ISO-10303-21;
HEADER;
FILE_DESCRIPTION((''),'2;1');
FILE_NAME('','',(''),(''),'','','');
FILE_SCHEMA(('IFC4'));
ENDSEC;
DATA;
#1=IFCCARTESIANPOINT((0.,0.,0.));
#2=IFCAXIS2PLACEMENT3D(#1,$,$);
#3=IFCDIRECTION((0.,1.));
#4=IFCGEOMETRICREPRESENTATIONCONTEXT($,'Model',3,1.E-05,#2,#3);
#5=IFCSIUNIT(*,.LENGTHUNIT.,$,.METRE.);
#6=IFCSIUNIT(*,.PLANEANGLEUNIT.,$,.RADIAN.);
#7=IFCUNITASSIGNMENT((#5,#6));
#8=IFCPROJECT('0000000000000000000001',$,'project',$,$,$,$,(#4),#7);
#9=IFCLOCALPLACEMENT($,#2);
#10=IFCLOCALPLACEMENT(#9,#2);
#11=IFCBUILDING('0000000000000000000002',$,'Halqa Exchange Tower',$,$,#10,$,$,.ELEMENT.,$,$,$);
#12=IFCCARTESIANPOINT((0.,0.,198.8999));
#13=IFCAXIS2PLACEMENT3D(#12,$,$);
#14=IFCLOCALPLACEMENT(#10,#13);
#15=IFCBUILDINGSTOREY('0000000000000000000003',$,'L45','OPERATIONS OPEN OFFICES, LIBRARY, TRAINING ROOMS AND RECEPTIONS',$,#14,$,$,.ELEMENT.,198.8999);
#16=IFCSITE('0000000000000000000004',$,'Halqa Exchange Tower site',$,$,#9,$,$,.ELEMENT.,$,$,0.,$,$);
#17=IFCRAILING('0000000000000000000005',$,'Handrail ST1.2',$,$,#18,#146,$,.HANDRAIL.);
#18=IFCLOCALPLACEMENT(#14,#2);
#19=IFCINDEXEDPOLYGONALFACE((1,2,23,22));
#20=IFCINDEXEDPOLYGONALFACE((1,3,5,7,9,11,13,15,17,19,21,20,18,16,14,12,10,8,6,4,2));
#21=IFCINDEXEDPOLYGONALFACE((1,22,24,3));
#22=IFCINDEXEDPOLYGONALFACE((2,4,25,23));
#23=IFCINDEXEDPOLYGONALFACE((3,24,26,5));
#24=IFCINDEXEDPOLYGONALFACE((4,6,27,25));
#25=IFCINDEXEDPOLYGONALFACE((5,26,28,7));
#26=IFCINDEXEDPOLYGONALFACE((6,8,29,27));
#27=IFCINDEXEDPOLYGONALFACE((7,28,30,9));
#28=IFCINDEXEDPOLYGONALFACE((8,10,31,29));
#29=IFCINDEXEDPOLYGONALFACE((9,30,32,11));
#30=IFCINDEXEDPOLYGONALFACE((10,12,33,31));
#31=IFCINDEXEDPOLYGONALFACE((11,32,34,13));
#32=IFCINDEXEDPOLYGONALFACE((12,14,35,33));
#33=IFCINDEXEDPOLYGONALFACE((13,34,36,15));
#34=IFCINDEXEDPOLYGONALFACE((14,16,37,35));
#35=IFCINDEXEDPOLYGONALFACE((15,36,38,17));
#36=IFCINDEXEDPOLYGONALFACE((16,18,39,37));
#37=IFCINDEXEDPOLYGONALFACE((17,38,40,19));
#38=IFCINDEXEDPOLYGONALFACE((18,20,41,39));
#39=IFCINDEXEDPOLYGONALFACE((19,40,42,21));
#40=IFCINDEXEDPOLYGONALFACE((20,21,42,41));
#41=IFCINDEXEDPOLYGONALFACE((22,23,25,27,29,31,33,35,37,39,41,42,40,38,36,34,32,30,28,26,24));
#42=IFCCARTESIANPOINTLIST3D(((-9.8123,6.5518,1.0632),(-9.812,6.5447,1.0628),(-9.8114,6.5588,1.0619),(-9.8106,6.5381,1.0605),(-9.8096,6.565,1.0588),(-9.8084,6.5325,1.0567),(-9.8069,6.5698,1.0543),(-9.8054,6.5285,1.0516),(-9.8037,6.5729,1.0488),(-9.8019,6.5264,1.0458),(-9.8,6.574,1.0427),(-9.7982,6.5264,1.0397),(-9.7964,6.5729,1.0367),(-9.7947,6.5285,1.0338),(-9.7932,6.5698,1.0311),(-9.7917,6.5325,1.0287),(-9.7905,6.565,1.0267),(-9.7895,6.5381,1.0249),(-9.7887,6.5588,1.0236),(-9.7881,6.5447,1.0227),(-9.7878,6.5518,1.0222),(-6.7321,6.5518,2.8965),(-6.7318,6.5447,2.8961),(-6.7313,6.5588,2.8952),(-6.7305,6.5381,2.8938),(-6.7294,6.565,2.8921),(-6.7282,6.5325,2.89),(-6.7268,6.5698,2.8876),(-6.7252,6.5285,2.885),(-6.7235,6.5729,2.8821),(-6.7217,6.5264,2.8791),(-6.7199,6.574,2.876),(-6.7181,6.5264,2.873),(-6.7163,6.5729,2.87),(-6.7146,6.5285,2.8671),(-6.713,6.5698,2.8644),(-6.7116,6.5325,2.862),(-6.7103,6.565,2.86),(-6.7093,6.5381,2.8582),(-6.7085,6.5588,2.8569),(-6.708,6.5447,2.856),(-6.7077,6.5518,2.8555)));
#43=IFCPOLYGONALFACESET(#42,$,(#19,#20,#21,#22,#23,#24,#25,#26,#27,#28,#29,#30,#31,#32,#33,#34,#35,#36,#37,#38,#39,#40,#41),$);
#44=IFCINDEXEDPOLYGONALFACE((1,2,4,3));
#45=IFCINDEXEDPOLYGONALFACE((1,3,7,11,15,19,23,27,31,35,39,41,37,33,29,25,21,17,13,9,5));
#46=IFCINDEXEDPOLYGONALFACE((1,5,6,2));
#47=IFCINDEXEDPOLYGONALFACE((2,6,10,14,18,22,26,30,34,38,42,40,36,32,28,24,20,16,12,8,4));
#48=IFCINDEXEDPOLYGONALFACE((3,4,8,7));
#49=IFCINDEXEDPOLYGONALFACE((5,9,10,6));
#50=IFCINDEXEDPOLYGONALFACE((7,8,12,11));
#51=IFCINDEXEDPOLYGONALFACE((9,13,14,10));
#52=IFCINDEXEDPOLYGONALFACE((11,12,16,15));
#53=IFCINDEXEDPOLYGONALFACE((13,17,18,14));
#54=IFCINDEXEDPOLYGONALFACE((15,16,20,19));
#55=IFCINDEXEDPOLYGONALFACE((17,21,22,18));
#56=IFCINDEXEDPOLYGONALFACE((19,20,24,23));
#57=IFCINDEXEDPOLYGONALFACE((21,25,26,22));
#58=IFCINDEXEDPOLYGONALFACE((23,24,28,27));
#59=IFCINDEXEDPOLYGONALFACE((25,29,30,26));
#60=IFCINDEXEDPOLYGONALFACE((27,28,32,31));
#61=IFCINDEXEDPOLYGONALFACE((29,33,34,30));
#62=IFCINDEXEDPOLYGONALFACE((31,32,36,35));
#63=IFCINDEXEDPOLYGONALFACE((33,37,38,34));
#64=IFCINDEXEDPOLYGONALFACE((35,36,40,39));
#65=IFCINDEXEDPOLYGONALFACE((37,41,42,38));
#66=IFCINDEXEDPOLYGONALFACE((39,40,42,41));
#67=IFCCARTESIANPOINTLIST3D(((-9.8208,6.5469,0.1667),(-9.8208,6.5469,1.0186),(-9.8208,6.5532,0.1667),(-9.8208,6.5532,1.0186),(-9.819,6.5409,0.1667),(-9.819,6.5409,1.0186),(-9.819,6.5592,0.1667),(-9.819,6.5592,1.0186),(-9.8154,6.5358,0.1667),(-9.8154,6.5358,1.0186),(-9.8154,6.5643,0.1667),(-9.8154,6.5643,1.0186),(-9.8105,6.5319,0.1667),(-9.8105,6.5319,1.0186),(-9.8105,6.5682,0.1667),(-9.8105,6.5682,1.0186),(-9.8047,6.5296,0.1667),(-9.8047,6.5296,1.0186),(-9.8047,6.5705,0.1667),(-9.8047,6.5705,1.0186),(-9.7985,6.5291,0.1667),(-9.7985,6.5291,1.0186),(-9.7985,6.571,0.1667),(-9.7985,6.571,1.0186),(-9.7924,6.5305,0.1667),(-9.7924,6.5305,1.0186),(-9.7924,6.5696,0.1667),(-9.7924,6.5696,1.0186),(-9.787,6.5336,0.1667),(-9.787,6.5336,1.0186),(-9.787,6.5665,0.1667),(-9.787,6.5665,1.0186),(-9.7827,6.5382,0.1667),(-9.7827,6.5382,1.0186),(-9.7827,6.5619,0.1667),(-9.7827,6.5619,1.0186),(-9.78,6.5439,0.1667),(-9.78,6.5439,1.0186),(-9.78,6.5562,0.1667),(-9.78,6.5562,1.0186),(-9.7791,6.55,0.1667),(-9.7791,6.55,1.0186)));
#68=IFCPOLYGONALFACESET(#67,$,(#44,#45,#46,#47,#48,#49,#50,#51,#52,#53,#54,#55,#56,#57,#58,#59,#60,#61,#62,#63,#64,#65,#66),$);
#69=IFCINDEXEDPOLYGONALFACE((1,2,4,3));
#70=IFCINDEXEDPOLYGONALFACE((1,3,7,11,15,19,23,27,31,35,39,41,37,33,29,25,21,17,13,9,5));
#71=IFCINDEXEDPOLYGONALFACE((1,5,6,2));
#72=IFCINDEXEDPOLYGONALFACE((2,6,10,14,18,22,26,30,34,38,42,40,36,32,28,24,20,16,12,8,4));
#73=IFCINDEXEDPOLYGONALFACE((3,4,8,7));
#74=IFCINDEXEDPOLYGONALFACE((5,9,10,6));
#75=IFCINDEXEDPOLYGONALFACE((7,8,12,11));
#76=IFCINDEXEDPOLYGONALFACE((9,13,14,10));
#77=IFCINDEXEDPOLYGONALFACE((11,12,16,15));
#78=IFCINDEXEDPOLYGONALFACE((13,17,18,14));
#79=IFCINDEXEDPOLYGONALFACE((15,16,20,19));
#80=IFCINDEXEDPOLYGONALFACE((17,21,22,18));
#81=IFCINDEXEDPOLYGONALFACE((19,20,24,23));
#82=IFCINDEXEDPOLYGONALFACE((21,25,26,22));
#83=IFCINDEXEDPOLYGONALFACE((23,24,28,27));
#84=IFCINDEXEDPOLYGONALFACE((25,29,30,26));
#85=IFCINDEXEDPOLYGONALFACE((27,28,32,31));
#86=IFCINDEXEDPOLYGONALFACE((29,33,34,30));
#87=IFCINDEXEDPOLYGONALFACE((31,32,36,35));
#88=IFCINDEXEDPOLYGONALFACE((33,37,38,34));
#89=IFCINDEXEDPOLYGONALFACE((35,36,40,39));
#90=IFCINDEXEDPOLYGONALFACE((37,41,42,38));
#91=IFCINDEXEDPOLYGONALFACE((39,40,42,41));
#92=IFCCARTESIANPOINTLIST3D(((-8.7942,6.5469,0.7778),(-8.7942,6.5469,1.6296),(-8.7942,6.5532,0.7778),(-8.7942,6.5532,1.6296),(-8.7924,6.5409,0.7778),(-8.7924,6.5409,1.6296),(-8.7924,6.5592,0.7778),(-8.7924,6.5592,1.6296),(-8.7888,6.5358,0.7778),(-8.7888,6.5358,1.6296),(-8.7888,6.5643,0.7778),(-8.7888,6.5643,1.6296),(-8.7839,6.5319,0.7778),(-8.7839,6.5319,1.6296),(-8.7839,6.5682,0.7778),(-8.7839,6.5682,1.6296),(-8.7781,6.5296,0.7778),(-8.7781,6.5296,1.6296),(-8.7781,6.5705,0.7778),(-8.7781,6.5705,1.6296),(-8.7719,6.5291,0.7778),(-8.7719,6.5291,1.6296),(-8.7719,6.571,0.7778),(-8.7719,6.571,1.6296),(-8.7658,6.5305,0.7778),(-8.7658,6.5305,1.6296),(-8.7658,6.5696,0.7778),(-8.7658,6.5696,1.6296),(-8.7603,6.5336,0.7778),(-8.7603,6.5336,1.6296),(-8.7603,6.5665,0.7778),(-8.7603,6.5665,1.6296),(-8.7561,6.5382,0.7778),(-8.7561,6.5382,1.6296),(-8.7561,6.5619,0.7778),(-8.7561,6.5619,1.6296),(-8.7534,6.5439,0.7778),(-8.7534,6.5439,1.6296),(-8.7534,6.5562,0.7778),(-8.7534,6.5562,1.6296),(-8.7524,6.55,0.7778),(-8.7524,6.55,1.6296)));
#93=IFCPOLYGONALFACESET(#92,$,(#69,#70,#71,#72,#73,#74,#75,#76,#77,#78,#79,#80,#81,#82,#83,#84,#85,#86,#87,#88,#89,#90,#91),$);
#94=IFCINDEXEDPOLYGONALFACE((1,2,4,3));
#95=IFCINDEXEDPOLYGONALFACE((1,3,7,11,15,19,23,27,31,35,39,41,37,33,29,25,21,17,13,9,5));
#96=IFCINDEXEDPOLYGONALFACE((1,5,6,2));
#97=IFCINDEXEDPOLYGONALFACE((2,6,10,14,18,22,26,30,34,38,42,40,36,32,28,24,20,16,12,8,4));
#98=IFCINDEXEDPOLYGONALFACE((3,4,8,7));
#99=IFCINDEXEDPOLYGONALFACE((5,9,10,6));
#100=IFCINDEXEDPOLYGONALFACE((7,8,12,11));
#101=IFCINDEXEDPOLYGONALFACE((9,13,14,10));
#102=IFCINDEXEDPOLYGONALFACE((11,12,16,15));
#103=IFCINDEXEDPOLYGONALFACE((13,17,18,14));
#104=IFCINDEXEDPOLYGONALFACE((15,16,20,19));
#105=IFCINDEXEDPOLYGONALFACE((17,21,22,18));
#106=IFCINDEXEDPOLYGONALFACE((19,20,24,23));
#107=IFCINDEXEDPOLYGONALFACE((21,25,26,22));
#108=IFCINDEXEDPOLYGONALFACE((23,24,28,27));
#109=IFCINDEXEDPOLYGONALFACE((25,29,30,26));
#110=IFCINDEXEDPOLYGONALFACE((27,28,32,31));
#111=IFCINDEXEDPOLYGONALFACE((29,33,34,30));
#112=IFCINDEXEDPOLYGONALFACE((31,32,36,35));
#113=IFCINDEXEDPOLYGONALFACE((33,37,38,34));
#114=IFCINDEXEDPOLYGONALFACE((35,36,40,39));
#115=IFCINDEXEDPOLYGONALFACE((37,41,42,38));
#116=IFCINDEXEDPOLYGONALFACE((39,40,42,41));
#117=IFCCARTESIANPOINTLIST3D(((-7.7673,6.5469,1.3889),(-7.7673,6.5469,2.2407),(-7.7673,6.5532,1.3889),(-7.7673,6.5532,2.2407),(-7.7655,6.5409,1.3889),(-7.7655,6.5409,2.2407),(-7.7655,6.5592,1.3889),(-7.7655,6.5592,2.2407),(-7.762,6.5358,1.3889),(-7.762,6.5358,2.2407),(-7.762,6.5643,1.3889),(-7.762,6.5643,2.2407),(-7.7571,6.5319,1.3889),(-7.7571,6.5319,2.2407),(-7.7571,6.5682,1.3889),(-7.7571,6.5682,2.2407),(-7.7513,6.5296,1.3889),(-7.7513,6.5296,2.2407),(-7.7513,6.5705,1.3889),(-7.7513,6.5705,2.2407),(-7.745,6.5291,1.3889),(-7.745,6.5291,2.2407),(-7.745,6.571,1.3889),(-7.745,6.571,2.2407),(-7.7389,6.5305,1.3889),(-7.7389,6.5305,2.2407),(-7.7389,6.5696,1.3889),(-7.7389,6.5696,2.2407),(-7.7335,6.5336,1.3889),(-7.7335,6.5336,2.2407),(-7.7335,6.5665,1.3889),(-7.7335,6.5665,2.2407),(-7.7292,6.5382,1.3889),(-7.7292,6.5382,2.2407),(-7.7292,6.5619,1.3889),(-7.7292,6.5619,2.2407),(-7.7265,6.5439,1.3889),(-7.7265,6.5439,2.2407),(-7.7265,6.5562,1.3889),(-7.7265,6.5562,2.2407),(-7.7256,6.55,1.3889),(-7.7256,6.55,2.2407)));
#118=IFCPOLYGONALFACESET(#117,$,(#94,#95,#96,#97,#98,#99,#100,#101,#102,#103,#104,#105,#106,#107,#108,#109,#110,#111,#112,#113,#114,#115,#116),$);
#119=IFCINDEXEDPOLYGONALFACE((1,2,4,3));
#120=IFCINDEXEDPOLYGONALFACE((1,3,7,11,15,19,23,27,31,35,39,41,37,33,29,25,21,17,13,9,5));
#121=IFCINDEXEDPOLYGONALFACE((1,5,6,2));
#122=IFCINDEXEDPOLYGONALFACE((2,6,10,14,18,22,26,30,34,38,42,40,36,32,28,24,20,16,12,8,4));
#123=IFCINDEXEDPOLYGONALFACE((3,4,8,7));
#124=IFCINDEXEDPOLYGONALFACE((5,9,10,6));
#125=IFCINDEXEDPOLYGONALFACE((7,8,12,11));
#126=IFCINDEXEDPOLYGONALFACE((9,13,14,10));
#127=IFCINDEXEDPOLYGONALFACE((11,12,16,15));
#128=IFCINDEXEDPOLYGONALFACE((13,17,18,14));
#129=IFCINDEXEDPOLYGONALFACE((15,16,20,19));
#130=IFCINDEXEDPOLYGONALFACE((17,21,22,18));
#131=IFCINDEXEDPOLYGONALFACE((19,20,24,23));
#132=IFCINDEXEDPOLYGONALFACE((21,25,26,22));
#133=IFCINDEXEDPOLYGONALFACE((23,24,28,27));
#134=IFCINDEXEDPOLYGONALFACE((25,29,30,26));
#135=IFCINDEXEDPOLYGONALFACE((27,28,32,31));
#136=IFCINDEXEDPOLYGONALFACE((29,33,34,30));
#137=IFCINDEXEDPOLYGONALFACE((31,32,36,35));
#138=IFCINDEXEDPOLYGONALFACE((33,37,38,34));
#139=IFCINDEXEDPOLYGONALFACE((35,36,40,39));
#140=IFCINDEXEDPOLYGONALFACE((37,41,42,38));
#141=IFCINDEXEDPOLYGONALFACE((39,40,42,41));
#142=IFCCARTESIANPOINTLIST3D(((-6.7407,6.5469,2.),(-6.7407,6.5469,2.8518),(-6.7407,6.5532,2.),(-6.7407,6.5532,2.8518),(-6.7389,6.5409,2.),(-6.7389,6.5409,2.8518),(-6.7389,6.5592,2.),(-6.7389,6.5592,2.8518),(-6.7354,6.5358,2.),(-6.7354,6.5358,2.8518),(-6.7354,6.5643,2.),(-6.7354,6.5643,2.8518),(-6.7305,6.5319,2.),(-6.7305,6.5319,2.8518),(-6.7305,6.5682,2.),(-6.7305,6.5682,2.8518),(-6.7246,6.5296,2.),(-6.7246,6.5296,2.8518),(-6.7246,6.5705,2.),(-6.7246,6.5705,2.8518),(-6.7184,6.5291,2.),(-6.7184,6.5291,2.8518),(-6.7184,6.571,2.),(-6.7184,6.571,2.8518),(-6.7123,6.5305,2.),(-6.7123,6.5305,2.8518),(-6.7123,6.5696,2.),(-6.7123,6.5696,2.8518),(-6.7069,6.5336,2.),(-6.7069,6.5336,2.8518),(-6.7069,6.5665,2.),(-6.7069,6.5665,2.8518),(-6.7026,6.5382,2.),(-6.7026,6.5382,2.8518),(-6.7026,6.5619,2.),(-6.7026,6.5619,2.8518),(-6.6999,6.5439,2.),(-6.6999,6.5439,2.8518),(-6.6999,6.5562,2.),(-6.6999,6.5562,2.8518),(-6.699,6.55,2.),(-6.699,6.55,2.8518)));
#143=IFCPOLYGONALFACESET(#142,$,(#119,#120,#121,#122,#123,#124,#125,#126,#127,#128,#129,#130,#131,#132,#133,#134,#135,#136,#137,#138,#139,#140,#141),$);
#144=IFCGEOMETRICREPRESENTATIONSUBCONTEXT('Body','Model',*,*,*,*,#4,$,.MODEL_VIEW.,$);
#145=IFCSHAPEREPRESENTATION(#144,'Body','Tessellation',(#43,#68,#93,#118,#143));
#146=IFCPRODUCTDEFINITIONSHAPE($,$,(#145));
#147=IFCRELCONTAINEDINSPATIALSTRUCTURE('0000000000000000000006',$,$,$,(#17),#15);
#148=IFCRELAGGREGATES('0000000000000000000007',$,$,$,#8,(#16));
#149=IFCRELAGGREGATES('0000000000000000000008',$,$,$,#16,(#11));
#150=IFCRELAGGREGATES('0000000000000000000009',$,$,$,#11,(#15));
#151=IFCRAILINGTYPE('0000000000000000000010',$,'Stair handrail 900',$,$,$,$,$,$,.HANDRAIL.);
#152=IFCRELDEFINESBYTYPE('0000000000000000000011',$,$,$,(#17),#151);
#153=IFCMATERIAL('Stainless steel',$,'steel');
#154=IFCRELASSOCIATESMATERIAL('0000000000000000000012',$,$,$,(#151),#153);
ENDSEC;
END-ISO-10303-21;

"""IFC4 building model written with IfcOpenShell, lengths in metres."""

from ifc_helpers import new_model, si_unit, direction, frame, origin, origin_2d, place, context, subcontext, project, spatial, circle, extrude, material, type_object, element, save


model = new_model("IFC4")

# Units and contexts
model_context = context("Model", 3, precision=1e-05, world=origin(), true_north=direction((0.0, 1.0)))
body_context = subcontext(model_context, "Body", "Model", "MODEL_VIEW")
ifc_project = project(units=[si_unit("LENGTHUNIT", "METRE"), si_unit("PLANEANGLEUNIT", "RADIAN")], contexts=[model_context])

# Site, building, storey
site_placement = place(None, origin())
site = spatial("IfcSite", under=ifc_project, at=site_placement, Name="Halqa Exchange Tower site", CompositionType="ELEMENT", RefElevation=0.0)
building_placement = place(site_placement, origin())
building = spatial("IfcBuilding", under=site, at=building_placement, Name="Halqa Exchange Tower", CompositionType="ELEMENT")
storey_placement = place(building_placement, frame((0.0, 0.0, 198.8999)))
storey = spatial("IfcBuildingStorey", under=building, at=storey_placement, Name="L45", Description="OPERATIONS OPEN OFFICES, LIBRARY, TRAINING ROOMS AND RECEPTIONS", CompositionType="ELEMENT", Elevation=198.8999)

# Shared definitions
ifc_material_1 = material(Name="Stainless steel", Category="steel")

# Railing
railing_type_1 = type_object("IfcRailingType", Name="Stair handrail 900", PredefinedType="HANDRAIL", material=ifc_material_1)
railing_1_placement = place(storey_placement, frame((-9.8, 6.55, 0.1667)))
element("IfcRailing", 1, at=railing_1_placement, inside=storey, type_object=railing_type_1, Name="Handrail ST1.2", PredefinedType="HANDRAIL", context=body_context, shape_type="SweptSolid", body=[
    extrude(circle(Radius=0.0239, at=origin_2d()), frame((0.0, 0.0, 0.876), z_axis=(0.859309, 0.0, 0.511458), x_axis=(0.0, 1.0, 0.0)), (0.0, 0.0, 1.0), 3.5845),
    extrude(circle(Radius=0.021, at=origin_2d()), origin(), (0.0, 0.0, 1.0), 0.8518),
    extrude(circle(Radius=0.021, at=origin_2d()), frame((1.0266, 0.0, 0.6111)), (0.0, 0.0, 1.0), 0.8518),
    extrude(circle(Radius=0.021, at=origin_2d()), frame((2.0535, 0.0, 1.2222)), (0.0, 0.0, 1.0), 0.8518),
    extrude(circle(Radius=0.021, at=origin_2d()), frame((3.0801, 0.0, 1.8333)), (0.0, 0.0, 1.0), 0.8518),
])

save(model, "model.ifc")
